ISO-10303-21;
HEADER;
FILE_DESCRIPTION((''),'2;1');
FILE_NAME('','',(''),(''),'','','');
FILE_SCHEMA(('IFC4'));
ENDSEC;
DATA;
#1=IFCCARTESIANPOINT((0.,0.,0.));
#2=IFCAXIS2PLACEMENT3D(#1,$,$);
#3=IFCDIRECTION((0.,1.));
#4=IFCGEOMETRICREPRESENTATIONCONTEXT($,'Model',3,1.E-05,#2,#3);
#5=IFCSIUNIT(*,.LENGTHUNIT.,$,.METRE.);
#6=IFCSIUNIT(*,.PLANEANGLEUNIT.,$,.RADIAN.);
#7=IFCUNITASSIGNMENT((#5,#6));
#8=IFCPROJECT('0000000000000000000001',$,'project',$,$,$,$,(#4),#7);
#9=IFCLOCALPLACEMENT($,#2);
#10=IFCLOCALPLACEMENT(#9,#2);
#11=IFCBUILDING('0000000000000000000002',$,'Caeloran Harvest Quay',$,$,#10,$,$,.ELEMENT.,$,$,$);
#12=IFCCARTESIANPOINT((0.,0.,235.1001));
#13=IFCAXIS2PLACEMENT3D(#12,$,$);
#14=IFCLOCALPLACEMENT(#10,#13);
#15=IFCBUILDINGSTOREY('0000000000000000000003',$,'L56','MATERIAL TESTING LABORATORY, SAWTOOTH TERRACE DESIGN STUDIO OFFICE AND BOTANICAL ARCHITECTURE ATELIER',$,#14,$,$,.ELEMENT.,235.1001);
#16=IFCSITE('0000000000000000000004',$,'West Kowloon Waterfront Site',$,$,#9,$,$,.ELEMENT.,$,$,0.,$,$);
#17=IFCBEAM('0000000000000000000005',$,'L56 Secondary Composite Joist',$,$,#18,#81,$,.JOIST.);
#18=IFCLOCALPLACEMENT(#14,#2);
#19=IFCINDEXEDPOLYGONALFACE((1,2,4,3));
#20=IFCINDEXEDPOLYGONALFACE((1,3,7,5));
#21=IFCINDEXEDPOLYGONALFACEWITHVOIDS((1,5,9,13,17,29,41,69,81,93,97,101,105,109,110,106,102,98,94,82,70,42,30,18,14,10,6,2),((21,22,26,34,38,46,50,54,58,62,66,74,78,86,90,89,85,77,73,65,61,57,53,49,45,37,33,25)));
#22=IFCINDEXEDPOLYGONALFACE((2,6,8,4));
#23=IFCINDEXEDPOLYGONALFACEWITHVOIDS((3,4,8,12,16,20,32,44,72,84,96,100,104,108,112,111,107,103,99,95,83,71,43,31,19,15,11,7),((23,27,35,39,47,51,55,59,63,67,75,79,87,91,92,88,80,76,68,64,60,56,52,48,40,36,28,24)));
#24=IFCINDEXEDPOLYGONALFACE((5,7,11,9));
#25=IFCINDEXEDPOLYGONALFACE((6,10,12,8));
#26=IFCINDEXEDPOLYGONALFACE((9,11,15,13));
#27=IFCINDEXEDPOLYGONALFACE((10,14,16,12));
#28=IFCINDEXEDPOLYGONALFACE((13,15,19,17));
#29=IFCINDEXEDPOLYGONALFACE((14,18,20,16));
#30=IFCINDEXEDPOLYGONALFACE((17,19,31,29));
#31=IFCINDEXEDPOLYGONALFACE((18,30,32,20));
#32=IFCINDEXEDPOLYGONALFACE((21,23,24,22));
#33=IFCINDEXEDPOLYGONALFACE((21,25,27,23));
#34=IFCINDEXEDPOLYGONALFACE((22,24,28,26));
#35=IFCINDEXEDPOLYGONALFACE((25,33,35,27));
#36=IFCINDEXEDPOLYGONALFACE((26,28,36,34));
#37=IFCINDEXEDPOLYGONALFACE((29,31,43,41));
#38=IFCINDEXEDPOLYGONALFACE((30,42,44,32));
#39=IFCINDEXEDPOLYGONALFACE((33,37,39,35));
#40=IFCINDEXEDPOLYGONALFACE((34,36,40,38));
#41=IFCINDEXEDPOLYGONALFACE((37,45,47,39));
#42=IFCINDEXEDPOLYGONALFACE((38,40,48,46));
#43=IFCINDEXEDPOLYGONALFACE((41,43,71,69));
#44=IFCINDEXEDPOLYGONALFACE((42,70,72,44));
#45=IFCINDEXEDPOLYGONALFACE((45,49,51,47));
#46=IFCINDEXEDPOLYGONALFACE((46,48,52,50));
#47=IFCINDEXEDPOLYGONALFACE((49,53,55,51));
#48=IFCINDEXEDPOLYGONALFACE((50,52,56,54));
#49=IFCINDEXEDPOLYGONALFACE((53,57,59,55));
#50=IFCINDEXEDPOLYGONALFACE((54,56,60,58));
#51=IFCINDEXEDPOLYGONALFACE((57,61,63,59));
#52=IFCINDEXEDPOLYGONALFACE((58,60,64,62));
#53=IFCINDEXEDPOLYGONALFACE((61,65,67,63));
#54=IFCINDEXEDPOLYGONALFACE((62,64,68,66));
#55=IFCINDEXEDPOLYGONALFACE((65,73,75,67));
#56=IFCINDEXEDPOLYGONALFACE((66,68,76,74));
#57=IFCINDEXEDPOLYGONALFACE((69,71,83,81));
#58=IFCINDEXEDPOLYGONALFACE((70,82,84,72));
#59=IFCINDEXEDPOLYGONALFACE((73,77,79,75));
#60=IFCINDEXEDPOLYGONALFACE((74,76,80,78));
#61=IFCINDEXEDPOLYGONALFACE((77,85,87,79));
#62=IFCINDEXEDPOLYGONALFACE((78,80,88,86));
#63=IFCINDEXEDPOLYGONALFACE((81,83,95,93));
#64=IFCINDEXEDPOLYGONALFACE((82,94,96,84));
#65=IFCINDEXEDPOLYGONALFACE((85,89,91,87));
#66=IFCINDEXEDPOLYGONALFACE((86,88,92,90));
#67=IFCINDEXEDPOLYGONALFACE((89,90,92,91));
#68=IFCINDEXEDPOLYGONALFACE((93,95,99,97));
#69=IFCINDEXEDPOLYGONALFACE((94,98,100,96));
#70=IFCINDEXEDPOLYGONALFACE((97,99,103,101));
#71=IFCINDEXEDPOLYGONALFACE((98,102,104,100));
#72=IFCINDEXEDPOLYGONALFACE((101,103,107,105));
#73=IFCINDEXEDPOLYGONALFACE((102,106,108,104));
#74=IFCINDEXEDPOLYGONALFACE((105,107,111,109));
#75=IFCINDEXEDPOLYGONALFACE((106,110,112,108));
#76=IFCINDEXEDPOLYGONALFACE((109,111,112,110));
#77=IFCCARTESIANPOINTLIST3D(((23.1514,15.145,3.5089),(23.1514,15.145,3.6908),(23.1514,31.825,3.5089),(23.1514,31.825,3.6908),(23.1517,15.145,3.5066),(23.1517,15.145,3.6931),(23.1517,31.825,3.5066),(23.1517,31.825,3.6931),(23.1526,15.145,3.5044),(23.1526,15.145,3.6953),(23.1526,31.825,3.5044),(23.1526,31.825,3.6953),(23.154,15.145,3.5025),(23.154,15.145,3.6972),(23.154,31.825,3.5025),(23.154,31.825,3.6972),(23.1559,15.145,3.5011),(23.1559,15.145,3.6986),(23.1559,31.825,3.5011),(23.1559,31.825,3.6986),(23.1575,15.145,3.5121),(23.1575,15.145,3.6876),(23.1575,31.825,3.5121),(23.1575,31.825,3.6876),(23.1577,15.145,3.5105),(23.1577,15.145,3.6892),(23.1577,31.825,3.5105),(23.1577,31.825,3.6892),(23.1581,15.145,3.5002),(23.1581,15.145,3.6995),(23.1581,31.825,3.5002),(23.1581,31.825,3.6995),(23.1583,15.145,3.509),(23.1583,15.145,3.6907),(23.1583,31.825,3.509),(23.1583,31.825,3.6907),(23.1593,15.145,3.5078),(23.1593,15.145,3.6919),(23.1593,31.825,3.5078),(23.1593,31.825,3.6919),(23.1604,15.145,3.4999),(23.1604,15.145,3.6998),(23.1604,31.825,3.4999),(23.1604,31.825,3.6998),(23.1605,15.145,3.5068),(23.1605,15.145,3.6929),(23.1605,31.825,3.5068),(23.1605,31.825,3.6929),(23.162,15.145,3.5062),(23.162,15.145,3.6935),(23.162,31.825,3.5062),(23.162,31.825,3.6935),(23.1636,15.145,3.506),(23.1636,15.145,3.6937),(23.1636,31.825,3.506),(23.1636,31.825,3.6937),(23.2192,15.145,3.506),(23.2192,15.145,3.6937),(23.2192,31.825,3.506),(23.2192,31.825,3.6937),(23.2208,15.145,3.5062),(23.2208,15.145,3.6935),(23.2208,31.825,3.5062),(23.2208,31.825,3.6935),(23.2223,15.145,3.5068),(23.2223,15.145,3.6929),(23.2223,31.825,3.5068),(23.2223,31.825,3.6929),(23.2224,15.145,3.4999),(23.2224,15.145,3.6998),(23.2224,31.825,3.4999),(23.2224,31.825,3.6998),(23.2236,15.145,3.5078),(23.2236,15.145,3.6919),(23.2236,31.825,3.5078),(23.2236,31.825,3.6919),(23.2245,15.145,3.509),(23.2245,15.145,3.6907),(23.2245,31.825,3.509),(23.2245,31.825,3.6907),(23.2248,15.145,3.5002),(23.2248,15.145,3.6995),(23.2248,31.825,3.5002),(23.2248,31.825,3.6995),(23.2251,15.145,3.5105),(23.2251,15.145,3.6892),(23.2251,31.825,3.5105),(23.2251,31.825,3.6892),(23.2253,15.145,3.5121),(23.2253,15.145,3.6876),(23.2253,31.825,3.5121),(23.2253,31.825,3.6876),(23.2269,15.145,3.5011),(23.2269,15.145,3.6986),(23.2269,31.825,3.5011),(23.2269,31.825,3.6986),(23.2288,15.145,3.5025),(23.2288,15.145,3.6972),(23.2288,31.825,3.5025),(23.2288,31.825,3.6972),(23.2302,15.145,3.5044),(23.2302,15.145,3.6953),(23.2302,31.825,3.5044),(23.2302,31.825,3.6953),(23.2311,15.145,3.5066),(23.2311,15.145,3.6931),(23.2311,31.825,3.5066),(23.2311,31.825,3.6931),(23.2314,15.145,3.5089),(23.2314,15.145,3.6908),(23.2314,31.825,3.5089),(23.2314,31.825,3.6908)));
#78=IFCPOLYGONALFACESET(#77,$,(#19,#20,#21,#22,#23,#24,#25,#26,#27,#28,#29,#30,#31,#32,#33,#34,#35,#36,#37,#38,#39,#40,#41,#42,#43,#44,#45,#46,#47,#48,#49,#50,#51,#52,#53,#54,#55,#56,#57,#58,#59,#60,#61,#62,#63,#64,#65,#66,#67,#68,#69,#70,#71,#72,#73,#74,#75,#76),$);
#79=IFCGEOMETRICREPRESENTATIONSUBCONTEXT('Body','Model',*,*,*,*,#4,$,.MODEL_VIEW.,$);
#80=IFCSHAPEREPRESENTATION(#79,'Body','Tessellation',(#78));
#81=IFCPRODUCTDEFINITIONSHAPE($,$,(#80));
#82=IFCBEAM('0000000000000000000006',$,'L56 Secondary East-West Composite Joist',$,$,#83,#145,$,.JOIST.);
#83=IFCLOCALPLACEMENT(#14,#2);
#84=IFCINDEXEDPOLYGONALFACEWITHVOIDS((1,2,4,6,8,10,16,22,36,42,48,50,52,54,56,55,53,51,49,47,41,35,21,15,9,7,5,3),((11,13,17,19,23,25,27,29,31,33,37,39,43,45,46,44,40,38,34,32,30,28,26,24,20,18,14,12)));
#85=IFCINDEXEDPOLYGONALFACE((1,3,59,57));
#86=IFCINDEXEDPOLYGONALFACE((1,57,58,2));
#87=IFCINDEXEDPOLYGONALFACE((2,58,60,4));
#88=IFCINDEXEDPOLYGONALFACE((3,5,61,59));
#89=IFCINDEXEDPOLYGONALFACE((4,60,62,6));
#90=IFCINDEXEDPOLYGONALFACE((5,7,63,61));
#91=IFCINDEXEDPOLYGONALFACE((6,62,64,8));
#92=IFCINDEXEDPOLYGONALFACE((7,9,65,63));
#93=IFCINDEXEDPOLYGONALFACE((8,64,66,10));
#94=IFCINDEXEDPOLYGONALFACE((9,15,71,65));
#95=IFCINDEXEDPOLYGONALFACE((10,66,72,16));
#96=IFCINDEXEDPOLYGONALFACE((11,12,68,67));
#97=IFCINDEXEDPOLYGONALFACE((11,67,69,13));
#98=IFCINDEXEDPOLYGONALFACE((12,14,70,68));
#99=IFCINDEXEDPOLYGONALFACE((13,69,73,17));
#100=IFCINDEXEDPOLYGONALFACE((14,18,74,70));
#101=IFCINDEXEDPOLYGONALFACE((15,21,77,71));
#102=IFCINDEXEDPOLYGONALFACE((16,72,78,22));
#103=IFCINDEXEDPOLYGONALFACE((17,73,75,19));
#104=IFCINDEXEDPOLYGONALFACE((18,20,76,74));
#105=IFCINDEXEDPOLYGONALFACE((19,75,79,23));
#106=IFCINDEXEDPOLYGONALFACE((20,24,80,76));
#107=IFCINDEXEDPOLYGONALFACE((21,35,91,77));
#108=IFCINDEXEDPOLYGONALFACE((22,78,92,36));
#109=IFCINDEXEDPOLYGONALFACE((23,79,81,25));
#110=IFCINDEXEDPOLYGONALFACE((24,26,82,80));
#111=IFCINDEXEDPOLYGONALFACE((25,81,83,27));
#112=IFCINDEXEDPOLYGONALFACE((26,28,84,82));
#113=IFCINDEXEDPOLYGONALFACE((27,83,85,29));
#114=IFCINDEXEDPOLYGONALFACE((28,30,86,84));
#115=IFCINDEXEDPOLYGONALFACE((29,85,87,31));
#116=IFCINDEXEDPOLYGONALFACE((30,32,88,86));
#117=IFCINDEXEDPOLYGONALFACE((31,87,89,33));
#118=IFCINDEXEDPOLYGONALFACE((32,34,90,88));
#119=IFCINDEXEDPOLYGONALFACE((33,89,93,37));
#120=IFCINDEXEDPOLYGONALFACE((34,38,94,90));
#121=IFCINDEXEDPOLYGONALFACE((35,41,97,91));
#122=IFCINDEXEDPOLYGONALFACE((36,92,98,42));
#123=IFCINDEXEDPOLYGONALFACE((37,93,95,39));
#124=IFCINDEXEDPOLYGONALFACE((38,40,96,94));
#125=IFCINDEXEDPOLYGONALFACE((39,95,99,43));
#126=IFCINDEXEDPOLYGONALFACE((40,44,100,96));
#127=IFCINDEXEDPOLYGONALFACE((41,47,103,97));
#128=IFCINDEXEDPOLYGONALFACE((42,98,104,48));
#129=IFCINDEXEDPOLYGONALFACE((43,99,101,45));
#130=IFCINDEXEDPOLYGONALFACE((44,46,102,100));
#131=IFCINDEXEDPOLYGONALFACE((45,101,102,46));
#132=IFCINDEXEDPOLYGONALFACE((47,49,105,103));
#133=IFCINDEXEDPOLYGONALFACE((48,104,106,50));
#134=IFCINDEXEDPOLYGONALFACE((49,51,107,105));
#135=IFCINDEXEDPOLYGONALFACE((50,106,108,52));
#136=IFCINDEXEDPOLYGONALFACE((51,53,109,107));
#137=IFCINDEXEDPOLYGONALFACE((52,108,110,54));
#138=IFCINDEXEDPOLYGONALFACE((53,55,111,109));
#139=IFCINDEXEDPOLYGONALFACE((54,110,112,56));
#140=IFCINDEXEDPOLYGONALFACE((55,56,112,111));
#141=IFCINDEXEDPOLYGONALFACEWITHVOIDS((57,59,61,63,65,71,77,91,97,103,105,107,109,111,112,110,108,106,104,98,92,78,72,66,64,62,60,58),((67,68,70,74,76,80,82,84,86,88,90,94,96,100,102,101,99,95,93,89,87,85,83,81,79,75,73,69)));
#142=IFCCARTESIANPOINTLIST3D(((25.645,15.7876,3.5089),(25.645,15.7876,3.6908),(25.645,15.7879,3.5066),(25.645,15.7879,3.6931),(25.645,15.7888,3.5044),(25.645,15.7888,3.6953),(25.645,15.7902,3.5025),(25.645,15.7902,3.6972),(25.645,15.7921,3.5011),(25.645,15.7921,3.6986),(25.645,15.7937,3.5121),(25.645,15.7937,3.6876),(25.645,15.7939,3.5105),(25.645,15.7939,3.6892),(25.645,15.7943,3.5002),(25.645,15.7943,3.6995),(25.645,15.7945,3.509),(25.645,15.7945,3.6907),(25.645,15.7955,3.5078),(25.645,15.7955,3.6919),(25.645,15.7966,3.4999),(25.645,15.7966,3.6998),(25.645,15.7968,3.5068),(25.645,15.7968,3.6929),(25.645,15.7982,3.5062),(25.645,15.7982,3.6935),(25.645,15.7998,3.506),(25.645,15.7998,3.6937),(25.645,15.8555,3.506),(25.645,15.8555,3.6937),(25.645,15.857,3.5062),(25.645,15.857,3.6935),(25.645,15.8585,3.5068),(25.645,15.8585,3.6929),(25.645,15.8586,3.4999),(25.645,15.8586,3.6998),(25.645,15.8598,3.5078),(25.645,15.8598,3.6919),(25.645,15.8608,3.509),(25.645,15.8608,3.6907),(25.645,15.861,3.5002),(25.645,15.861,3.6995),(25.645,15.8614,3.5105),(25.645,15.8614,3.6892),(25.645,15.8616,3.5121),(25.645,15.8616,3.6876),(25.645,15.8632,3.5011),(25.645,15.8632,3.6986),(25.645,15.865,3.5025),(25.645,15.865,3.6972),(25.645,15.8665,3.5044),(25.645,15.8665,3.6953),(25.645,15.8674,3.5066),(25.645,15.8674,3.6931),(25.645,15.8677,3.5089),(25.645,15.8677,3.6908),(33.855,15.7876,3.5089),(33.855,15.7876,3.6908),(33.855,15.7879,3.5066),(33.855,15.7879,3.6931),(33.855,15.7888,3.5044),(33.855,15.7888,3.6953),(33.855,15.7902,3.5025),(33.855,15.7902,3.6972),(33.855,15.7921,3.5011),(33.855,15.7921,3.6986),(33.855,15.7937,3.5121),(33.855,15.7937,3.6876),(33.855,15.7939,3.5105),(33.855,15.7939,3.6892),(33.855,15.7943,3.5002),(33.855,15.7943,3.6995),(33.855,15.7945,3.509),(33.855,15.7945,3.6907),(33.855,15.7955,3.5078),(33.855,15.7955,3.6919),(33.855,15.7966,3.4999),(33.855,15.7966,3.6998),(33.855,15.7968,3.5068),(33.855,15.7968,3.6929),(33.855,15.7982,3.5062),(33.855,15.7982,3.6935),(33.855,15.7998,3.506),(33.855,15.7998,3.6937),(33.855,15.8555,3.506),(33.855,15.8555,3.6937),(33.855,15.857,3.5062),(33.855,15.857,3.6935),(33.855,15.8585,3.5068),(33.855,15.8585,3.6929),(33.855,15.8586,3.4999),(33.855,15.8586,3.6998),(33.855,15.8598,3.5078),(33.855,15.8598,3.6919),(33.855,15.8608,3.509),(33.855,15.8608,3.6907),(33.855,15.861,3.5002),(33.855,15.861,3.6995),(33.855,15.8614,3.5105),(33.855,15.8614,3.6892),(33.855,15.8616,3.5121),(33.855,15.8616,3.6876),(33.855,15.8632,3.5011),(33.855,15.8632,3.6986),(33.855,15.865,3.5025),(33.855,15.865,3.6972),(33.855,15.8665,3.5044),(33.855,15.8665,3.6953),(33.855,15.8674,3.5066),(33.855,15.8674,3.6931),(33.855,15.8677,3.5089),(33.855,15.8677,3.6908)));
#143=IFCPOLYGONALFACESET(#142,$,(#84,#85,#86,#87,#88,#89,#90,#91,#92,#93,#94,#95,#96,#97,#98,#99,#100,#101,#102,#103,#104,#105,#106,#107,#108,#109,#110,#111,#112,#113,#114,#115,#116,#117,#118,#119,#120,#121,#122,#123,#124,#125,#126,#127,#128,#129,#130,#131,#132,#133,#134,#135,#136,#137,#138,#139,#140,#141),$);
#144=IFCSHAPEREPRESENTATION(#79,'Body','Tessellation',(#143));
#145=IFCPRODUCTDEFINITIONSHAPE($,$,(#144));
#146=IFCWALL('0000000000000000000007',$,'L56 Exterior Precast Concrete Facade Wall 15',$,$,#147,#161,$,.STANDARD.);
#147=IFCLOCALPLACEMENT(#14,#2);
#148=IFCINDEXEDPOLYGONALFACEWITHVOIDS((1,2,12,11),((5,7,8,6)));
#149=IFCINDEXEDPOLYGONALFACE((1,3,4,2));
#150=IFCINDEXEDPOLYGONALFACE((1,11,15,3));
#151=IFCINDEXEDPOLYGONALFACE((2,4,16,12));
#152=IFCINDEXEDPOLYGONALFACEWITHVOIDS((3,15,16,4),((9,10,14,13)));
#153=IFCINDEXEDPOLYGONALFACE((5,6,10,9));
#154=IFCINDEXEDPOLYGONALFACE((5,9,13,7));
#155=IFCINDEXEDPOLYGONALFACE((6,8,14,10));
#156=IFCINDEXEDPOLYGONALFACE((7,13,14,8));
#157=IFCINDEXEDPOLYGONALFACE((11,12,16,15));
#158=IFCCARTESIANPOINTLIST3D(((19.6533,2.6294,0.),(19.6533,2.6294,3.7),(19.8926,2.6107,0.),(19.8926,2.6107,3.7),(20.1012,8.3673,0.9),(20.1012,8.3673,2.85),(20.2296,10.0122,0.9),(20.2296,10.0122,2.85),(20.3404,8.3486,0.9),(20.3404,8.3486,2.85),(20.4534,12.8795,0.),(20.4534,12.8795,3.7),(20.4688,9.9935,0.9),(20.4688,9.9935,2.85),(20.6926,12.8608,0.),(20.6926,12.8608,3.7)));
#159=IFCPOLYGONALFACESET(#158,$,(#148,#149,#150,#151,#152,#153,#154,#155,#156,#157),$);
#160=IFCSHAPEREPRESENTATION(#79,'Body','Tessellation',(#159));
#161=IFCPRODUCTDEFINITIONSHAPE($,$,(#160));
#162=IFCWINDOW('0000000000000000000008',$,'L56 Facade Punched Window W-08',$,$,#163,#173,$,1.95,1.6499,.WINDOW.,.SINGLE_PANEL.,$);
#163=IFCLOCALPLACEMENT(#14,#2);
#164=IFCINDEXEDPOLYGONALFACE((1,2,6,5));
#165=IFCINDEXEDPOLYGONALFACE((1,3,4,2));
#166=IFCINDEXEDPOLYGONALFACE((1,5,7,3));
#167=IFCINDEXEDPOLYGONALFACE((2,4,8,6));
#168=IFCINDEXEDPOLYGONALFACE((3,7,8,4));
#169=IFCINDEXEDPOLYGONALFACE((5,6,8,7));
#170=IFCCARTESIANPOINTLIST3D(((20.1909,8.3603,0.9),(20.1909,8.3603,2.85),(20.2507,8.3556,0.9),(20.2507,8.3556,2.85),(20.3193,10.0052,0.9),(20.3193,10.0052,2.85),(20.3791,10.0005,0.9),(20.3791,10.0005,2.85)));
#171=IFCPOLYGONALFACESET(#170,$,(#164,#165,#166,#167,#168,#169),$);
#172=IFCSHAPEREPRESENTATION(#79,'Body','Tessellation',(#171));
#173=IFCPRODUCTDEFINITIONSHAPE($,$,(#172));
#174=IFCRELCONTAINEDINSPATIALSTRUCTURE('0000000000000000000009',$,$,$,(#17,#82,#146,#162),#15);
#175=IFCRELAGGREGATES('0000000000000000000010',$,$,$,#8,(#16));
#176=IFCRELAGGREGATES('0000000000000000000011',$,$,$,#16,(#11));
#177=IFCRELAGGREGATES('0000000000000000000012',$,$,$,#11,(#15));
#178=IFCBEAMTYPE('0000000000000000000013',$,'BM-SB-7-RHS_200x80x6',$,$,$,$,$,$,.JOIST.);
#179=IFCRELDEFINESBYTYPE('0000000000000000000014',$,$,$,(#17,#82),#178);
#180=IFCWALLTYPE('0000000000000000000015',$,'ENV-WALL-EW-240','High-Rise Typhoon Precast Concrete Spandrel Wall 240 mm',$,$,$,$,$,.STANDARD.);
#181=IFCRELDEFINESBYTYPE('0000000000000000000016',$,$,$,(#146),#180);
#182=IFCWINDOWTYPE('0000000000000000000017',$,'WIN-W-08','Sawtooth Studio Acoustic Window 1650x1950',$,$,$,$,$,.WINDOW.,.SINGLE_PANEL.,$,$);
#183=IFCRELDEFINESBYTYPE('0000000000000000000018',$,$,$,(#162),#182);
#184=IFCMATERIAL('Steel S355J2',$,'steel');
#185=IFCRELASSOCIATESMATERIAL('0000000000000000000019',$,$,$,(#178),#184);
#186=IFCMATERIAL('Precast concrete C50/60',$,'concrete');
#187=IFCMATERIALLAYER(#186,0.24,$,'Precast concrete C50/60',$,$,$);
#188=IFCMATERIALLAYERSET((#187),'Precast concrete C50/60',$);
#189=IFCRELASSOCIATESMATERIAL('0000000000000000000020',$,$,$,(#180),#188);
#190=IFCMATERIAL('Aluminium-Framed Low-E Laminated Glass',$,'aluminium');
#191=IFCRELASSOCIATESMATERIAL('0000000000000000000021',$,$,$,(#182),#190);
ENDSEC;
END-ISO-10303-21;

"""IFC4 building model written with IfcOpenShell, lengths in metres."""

from ifc_helpers import new_model, si_unit, direction, frame, frame_2d, origin, origin_2d, place, context, subcontext, project, spatial, rectangle, hollow_rectangle, extrude, material, layer, layer_set, material_profile, profile_set, type_object, element, fill, save


model = new_model("IFC4")

# Units and contexts
model_context = context("Model", 3, precision=1e-05, world=origin(), true_north=direction((0.0, 1.0)))
body_context = subcontext(model_context, "Body", "Model", "MODEL_VIEW")
ifc_project = project(units=[si_unit("LENGTHUNIT", "METRE"), si_unit("PLANEANGLEUNIT", "RADIAN")], contexts=[model_context])

# Site, building, storey
site_placement = place(None, origin())
site = spatial("IfcSite", under=ifc_project, at=site_placement, Name="West Kowloon Waterfront Site", CompositionType="ELEMENT", RefElevation=0.0)
building_placement = place(site_placement, origin())
building = spatial("IfcBuilding", under=site, at=building_placement, Name="Caeloran Harvest Quay", CompositionType="ELEMENT")
storey_placement = place(building_placement, frame((0.0, 0.0, 235.1001)))
storey = spatial("IfcBuildingStorey", under=building, at=storey_placement, Name="L56", Description="MATERIAL TESTING LABORATORY, SAWTOOTH TERRACE DESIGN STUDIO OFFICE AND BOTANICAL ARCHITECTURE ATELIER", CompositionType="ELEMENT", Elevation=235.1001)

# Beams
ifc_material_1 = material(Name="Steel S355J2", Category="steel")
ifc_material_profile_1 = material_profile(ifc_material_1, hollow_rectangle(XDim=0.0801, YDim=0.2, WallThickness=0.0061, InnerFilletRadius=0.0061, OuterFilletRadius=0.009, at=origin_2d()), Name="RHS 200x80x6")
ifc_profile_set_1 = profile_set([ifc_material_profile_1], Name="Steel S355J2")
beam_type_1 = type_object("IfcBeamType", Name="BM-SB-7-RHS_200x80x6", PredefinedType="JOIST", material=ifc_profile_set_1)
for number, where, z_axis, x_axis, name in (
    (1, (23.1914, 15.145, 3.5999), (0.0, 1.0, 0.0), (-1.0, 0.0, 0.0), "L56 Secondary Composite Joist"),
):
    element("IfcBeam", number, at=place(storey_placement, frame(where, z_axis=z_axis, x_axis=x_axis)), inside=storey, type_object=beam_type_1, Name=name, PredefinedType="JOIST", context=body_context, shape_type="SweptSolid", body=[
        extrude(hollow_rectangle(XDim=0.0801, YDim=0.2, WallThickness=0.0061, InnerFilletRadius=0.0061, OuterFilletRadius=0.009, at=origin_2d()), origin(), (0.0, 0.0, 1.0), 16.6799),
    ])
beam_1_placement = place(storey_placement, frame((25.645, 15.8276, 3.5999), z_axis=(1.0, 0.0, 0.0), x_axis=(0.0, 1.0, 0.0)))
element("IfcBeam", 2, at=beam_1_placement, inside=storey, type_object=beam_type_1, Name="L56 Secondary East-West Composite Joist", PredefinedType="JOIST", context=body_context, shape_type="SweptSolid", body=[
    extrude(hollow_rectangle(XDim=0.0801, YDim=0.2, WallThickness=0.0061, InnerFilletRadius=0.0061, OuterFilletRadius=0.009, at=origin_2d()), origin(), (0.0, 0.0, 1.0), 8.21),
])

# Wall, opening, window
ifc_material_2 = material(Name="Precast concrete C50/60", Category="concrete")
ifc_layer = layer(ifc_material_2, 0.24, Name="Precast concrete C50/60")
ifc_layer_set = layer_set([ifc_layer], Name="Precast concrete C50/60")
wall_type = type_object("IfcWallType", Name="ENV-WALL-EW-240", Description="High-Rise Typhoon Precast Concrete Spandrel Wall 240 mm", PredefinedType="STANDARD", material=ifc_layer_set)
wall_placement = place(storey_placement, frame((20.573, 12.8701, 0.0), z_axis=(0.0, 0.0, 1.0), x_axis=(-0.077817, -0.996968, 0.0)))
wall = element("IfcWall", 3, at=wall_placement, inside=storey, type_object=wall_type, Name="L56 Exterior Precast Concrete Facade Wall 15", PredefinedType="STANDARD", context=body_context, shape_type="SweptSolid", body=[
    extrude(rectangle(XDim=10.2812, YDim=0.24, at=frame_2d((5.1406, 0.0))), origin(), (0.0, 0.0, 1.0), 3.7),
])
opening_placement = place(wall_placement, frame((2.876, 0.0, 0.8999)))
opening = element("IfcOpeningElement", 4, at=opening_placement, cuts=wall, PredefinedType="OPENING", context=body_context, shape_type="SweptSolid", body=[
    extrude(rectangle(XDim=1.6499, YDim=1.95, at=frame_2d((0.825, 0.9751))), frame((0.0, 0.1299, 0.0), z_axis=(0.0, -1.0, 0.0), x_axis=(1.0, 0.0, 0.0)), (0.0, 0.0, 1.0), 0.26),
])
ifc_material_3 = material(Name="Aluminium-Framed Low-E Laminated Glass", Category="aluminium")
window_type = type_object("IfcWindowType", Name="WIN-W-08", Description="Sawtooth Studio Acoustic Window 1650x1950", PartitioningType="SINGLE_PANEL", PredefinedType="WINDOW", material=ifc_material_3)
window_placement = place(opening_placement, origin())
window = element("IfcWindow", 5, at=window_placement, inside=storey, type_object=window_type, Name="L56 Facade Punched Window W-08", OverallHeight=1.95, OverallWidth=1.6499, PartitioningType="SINGLE_PANEL", PredefinedType="WINDOW", context=body_context, shape_type="SweptSolid", body=[
    extrude(rectangle(XDim=1.6499, YDim=1.95, at=frame_2d((0.825, 0.9751))), frame((0.0, 0.03, 0.0), z_axis=(0.0, -1.0, 0.0), x_axis=(1.0, 0.0, 0.0)), (0.0, 0.0, 1.0), 0.0601),
])
fill(opening, window)

save(model, "model.ifc")
